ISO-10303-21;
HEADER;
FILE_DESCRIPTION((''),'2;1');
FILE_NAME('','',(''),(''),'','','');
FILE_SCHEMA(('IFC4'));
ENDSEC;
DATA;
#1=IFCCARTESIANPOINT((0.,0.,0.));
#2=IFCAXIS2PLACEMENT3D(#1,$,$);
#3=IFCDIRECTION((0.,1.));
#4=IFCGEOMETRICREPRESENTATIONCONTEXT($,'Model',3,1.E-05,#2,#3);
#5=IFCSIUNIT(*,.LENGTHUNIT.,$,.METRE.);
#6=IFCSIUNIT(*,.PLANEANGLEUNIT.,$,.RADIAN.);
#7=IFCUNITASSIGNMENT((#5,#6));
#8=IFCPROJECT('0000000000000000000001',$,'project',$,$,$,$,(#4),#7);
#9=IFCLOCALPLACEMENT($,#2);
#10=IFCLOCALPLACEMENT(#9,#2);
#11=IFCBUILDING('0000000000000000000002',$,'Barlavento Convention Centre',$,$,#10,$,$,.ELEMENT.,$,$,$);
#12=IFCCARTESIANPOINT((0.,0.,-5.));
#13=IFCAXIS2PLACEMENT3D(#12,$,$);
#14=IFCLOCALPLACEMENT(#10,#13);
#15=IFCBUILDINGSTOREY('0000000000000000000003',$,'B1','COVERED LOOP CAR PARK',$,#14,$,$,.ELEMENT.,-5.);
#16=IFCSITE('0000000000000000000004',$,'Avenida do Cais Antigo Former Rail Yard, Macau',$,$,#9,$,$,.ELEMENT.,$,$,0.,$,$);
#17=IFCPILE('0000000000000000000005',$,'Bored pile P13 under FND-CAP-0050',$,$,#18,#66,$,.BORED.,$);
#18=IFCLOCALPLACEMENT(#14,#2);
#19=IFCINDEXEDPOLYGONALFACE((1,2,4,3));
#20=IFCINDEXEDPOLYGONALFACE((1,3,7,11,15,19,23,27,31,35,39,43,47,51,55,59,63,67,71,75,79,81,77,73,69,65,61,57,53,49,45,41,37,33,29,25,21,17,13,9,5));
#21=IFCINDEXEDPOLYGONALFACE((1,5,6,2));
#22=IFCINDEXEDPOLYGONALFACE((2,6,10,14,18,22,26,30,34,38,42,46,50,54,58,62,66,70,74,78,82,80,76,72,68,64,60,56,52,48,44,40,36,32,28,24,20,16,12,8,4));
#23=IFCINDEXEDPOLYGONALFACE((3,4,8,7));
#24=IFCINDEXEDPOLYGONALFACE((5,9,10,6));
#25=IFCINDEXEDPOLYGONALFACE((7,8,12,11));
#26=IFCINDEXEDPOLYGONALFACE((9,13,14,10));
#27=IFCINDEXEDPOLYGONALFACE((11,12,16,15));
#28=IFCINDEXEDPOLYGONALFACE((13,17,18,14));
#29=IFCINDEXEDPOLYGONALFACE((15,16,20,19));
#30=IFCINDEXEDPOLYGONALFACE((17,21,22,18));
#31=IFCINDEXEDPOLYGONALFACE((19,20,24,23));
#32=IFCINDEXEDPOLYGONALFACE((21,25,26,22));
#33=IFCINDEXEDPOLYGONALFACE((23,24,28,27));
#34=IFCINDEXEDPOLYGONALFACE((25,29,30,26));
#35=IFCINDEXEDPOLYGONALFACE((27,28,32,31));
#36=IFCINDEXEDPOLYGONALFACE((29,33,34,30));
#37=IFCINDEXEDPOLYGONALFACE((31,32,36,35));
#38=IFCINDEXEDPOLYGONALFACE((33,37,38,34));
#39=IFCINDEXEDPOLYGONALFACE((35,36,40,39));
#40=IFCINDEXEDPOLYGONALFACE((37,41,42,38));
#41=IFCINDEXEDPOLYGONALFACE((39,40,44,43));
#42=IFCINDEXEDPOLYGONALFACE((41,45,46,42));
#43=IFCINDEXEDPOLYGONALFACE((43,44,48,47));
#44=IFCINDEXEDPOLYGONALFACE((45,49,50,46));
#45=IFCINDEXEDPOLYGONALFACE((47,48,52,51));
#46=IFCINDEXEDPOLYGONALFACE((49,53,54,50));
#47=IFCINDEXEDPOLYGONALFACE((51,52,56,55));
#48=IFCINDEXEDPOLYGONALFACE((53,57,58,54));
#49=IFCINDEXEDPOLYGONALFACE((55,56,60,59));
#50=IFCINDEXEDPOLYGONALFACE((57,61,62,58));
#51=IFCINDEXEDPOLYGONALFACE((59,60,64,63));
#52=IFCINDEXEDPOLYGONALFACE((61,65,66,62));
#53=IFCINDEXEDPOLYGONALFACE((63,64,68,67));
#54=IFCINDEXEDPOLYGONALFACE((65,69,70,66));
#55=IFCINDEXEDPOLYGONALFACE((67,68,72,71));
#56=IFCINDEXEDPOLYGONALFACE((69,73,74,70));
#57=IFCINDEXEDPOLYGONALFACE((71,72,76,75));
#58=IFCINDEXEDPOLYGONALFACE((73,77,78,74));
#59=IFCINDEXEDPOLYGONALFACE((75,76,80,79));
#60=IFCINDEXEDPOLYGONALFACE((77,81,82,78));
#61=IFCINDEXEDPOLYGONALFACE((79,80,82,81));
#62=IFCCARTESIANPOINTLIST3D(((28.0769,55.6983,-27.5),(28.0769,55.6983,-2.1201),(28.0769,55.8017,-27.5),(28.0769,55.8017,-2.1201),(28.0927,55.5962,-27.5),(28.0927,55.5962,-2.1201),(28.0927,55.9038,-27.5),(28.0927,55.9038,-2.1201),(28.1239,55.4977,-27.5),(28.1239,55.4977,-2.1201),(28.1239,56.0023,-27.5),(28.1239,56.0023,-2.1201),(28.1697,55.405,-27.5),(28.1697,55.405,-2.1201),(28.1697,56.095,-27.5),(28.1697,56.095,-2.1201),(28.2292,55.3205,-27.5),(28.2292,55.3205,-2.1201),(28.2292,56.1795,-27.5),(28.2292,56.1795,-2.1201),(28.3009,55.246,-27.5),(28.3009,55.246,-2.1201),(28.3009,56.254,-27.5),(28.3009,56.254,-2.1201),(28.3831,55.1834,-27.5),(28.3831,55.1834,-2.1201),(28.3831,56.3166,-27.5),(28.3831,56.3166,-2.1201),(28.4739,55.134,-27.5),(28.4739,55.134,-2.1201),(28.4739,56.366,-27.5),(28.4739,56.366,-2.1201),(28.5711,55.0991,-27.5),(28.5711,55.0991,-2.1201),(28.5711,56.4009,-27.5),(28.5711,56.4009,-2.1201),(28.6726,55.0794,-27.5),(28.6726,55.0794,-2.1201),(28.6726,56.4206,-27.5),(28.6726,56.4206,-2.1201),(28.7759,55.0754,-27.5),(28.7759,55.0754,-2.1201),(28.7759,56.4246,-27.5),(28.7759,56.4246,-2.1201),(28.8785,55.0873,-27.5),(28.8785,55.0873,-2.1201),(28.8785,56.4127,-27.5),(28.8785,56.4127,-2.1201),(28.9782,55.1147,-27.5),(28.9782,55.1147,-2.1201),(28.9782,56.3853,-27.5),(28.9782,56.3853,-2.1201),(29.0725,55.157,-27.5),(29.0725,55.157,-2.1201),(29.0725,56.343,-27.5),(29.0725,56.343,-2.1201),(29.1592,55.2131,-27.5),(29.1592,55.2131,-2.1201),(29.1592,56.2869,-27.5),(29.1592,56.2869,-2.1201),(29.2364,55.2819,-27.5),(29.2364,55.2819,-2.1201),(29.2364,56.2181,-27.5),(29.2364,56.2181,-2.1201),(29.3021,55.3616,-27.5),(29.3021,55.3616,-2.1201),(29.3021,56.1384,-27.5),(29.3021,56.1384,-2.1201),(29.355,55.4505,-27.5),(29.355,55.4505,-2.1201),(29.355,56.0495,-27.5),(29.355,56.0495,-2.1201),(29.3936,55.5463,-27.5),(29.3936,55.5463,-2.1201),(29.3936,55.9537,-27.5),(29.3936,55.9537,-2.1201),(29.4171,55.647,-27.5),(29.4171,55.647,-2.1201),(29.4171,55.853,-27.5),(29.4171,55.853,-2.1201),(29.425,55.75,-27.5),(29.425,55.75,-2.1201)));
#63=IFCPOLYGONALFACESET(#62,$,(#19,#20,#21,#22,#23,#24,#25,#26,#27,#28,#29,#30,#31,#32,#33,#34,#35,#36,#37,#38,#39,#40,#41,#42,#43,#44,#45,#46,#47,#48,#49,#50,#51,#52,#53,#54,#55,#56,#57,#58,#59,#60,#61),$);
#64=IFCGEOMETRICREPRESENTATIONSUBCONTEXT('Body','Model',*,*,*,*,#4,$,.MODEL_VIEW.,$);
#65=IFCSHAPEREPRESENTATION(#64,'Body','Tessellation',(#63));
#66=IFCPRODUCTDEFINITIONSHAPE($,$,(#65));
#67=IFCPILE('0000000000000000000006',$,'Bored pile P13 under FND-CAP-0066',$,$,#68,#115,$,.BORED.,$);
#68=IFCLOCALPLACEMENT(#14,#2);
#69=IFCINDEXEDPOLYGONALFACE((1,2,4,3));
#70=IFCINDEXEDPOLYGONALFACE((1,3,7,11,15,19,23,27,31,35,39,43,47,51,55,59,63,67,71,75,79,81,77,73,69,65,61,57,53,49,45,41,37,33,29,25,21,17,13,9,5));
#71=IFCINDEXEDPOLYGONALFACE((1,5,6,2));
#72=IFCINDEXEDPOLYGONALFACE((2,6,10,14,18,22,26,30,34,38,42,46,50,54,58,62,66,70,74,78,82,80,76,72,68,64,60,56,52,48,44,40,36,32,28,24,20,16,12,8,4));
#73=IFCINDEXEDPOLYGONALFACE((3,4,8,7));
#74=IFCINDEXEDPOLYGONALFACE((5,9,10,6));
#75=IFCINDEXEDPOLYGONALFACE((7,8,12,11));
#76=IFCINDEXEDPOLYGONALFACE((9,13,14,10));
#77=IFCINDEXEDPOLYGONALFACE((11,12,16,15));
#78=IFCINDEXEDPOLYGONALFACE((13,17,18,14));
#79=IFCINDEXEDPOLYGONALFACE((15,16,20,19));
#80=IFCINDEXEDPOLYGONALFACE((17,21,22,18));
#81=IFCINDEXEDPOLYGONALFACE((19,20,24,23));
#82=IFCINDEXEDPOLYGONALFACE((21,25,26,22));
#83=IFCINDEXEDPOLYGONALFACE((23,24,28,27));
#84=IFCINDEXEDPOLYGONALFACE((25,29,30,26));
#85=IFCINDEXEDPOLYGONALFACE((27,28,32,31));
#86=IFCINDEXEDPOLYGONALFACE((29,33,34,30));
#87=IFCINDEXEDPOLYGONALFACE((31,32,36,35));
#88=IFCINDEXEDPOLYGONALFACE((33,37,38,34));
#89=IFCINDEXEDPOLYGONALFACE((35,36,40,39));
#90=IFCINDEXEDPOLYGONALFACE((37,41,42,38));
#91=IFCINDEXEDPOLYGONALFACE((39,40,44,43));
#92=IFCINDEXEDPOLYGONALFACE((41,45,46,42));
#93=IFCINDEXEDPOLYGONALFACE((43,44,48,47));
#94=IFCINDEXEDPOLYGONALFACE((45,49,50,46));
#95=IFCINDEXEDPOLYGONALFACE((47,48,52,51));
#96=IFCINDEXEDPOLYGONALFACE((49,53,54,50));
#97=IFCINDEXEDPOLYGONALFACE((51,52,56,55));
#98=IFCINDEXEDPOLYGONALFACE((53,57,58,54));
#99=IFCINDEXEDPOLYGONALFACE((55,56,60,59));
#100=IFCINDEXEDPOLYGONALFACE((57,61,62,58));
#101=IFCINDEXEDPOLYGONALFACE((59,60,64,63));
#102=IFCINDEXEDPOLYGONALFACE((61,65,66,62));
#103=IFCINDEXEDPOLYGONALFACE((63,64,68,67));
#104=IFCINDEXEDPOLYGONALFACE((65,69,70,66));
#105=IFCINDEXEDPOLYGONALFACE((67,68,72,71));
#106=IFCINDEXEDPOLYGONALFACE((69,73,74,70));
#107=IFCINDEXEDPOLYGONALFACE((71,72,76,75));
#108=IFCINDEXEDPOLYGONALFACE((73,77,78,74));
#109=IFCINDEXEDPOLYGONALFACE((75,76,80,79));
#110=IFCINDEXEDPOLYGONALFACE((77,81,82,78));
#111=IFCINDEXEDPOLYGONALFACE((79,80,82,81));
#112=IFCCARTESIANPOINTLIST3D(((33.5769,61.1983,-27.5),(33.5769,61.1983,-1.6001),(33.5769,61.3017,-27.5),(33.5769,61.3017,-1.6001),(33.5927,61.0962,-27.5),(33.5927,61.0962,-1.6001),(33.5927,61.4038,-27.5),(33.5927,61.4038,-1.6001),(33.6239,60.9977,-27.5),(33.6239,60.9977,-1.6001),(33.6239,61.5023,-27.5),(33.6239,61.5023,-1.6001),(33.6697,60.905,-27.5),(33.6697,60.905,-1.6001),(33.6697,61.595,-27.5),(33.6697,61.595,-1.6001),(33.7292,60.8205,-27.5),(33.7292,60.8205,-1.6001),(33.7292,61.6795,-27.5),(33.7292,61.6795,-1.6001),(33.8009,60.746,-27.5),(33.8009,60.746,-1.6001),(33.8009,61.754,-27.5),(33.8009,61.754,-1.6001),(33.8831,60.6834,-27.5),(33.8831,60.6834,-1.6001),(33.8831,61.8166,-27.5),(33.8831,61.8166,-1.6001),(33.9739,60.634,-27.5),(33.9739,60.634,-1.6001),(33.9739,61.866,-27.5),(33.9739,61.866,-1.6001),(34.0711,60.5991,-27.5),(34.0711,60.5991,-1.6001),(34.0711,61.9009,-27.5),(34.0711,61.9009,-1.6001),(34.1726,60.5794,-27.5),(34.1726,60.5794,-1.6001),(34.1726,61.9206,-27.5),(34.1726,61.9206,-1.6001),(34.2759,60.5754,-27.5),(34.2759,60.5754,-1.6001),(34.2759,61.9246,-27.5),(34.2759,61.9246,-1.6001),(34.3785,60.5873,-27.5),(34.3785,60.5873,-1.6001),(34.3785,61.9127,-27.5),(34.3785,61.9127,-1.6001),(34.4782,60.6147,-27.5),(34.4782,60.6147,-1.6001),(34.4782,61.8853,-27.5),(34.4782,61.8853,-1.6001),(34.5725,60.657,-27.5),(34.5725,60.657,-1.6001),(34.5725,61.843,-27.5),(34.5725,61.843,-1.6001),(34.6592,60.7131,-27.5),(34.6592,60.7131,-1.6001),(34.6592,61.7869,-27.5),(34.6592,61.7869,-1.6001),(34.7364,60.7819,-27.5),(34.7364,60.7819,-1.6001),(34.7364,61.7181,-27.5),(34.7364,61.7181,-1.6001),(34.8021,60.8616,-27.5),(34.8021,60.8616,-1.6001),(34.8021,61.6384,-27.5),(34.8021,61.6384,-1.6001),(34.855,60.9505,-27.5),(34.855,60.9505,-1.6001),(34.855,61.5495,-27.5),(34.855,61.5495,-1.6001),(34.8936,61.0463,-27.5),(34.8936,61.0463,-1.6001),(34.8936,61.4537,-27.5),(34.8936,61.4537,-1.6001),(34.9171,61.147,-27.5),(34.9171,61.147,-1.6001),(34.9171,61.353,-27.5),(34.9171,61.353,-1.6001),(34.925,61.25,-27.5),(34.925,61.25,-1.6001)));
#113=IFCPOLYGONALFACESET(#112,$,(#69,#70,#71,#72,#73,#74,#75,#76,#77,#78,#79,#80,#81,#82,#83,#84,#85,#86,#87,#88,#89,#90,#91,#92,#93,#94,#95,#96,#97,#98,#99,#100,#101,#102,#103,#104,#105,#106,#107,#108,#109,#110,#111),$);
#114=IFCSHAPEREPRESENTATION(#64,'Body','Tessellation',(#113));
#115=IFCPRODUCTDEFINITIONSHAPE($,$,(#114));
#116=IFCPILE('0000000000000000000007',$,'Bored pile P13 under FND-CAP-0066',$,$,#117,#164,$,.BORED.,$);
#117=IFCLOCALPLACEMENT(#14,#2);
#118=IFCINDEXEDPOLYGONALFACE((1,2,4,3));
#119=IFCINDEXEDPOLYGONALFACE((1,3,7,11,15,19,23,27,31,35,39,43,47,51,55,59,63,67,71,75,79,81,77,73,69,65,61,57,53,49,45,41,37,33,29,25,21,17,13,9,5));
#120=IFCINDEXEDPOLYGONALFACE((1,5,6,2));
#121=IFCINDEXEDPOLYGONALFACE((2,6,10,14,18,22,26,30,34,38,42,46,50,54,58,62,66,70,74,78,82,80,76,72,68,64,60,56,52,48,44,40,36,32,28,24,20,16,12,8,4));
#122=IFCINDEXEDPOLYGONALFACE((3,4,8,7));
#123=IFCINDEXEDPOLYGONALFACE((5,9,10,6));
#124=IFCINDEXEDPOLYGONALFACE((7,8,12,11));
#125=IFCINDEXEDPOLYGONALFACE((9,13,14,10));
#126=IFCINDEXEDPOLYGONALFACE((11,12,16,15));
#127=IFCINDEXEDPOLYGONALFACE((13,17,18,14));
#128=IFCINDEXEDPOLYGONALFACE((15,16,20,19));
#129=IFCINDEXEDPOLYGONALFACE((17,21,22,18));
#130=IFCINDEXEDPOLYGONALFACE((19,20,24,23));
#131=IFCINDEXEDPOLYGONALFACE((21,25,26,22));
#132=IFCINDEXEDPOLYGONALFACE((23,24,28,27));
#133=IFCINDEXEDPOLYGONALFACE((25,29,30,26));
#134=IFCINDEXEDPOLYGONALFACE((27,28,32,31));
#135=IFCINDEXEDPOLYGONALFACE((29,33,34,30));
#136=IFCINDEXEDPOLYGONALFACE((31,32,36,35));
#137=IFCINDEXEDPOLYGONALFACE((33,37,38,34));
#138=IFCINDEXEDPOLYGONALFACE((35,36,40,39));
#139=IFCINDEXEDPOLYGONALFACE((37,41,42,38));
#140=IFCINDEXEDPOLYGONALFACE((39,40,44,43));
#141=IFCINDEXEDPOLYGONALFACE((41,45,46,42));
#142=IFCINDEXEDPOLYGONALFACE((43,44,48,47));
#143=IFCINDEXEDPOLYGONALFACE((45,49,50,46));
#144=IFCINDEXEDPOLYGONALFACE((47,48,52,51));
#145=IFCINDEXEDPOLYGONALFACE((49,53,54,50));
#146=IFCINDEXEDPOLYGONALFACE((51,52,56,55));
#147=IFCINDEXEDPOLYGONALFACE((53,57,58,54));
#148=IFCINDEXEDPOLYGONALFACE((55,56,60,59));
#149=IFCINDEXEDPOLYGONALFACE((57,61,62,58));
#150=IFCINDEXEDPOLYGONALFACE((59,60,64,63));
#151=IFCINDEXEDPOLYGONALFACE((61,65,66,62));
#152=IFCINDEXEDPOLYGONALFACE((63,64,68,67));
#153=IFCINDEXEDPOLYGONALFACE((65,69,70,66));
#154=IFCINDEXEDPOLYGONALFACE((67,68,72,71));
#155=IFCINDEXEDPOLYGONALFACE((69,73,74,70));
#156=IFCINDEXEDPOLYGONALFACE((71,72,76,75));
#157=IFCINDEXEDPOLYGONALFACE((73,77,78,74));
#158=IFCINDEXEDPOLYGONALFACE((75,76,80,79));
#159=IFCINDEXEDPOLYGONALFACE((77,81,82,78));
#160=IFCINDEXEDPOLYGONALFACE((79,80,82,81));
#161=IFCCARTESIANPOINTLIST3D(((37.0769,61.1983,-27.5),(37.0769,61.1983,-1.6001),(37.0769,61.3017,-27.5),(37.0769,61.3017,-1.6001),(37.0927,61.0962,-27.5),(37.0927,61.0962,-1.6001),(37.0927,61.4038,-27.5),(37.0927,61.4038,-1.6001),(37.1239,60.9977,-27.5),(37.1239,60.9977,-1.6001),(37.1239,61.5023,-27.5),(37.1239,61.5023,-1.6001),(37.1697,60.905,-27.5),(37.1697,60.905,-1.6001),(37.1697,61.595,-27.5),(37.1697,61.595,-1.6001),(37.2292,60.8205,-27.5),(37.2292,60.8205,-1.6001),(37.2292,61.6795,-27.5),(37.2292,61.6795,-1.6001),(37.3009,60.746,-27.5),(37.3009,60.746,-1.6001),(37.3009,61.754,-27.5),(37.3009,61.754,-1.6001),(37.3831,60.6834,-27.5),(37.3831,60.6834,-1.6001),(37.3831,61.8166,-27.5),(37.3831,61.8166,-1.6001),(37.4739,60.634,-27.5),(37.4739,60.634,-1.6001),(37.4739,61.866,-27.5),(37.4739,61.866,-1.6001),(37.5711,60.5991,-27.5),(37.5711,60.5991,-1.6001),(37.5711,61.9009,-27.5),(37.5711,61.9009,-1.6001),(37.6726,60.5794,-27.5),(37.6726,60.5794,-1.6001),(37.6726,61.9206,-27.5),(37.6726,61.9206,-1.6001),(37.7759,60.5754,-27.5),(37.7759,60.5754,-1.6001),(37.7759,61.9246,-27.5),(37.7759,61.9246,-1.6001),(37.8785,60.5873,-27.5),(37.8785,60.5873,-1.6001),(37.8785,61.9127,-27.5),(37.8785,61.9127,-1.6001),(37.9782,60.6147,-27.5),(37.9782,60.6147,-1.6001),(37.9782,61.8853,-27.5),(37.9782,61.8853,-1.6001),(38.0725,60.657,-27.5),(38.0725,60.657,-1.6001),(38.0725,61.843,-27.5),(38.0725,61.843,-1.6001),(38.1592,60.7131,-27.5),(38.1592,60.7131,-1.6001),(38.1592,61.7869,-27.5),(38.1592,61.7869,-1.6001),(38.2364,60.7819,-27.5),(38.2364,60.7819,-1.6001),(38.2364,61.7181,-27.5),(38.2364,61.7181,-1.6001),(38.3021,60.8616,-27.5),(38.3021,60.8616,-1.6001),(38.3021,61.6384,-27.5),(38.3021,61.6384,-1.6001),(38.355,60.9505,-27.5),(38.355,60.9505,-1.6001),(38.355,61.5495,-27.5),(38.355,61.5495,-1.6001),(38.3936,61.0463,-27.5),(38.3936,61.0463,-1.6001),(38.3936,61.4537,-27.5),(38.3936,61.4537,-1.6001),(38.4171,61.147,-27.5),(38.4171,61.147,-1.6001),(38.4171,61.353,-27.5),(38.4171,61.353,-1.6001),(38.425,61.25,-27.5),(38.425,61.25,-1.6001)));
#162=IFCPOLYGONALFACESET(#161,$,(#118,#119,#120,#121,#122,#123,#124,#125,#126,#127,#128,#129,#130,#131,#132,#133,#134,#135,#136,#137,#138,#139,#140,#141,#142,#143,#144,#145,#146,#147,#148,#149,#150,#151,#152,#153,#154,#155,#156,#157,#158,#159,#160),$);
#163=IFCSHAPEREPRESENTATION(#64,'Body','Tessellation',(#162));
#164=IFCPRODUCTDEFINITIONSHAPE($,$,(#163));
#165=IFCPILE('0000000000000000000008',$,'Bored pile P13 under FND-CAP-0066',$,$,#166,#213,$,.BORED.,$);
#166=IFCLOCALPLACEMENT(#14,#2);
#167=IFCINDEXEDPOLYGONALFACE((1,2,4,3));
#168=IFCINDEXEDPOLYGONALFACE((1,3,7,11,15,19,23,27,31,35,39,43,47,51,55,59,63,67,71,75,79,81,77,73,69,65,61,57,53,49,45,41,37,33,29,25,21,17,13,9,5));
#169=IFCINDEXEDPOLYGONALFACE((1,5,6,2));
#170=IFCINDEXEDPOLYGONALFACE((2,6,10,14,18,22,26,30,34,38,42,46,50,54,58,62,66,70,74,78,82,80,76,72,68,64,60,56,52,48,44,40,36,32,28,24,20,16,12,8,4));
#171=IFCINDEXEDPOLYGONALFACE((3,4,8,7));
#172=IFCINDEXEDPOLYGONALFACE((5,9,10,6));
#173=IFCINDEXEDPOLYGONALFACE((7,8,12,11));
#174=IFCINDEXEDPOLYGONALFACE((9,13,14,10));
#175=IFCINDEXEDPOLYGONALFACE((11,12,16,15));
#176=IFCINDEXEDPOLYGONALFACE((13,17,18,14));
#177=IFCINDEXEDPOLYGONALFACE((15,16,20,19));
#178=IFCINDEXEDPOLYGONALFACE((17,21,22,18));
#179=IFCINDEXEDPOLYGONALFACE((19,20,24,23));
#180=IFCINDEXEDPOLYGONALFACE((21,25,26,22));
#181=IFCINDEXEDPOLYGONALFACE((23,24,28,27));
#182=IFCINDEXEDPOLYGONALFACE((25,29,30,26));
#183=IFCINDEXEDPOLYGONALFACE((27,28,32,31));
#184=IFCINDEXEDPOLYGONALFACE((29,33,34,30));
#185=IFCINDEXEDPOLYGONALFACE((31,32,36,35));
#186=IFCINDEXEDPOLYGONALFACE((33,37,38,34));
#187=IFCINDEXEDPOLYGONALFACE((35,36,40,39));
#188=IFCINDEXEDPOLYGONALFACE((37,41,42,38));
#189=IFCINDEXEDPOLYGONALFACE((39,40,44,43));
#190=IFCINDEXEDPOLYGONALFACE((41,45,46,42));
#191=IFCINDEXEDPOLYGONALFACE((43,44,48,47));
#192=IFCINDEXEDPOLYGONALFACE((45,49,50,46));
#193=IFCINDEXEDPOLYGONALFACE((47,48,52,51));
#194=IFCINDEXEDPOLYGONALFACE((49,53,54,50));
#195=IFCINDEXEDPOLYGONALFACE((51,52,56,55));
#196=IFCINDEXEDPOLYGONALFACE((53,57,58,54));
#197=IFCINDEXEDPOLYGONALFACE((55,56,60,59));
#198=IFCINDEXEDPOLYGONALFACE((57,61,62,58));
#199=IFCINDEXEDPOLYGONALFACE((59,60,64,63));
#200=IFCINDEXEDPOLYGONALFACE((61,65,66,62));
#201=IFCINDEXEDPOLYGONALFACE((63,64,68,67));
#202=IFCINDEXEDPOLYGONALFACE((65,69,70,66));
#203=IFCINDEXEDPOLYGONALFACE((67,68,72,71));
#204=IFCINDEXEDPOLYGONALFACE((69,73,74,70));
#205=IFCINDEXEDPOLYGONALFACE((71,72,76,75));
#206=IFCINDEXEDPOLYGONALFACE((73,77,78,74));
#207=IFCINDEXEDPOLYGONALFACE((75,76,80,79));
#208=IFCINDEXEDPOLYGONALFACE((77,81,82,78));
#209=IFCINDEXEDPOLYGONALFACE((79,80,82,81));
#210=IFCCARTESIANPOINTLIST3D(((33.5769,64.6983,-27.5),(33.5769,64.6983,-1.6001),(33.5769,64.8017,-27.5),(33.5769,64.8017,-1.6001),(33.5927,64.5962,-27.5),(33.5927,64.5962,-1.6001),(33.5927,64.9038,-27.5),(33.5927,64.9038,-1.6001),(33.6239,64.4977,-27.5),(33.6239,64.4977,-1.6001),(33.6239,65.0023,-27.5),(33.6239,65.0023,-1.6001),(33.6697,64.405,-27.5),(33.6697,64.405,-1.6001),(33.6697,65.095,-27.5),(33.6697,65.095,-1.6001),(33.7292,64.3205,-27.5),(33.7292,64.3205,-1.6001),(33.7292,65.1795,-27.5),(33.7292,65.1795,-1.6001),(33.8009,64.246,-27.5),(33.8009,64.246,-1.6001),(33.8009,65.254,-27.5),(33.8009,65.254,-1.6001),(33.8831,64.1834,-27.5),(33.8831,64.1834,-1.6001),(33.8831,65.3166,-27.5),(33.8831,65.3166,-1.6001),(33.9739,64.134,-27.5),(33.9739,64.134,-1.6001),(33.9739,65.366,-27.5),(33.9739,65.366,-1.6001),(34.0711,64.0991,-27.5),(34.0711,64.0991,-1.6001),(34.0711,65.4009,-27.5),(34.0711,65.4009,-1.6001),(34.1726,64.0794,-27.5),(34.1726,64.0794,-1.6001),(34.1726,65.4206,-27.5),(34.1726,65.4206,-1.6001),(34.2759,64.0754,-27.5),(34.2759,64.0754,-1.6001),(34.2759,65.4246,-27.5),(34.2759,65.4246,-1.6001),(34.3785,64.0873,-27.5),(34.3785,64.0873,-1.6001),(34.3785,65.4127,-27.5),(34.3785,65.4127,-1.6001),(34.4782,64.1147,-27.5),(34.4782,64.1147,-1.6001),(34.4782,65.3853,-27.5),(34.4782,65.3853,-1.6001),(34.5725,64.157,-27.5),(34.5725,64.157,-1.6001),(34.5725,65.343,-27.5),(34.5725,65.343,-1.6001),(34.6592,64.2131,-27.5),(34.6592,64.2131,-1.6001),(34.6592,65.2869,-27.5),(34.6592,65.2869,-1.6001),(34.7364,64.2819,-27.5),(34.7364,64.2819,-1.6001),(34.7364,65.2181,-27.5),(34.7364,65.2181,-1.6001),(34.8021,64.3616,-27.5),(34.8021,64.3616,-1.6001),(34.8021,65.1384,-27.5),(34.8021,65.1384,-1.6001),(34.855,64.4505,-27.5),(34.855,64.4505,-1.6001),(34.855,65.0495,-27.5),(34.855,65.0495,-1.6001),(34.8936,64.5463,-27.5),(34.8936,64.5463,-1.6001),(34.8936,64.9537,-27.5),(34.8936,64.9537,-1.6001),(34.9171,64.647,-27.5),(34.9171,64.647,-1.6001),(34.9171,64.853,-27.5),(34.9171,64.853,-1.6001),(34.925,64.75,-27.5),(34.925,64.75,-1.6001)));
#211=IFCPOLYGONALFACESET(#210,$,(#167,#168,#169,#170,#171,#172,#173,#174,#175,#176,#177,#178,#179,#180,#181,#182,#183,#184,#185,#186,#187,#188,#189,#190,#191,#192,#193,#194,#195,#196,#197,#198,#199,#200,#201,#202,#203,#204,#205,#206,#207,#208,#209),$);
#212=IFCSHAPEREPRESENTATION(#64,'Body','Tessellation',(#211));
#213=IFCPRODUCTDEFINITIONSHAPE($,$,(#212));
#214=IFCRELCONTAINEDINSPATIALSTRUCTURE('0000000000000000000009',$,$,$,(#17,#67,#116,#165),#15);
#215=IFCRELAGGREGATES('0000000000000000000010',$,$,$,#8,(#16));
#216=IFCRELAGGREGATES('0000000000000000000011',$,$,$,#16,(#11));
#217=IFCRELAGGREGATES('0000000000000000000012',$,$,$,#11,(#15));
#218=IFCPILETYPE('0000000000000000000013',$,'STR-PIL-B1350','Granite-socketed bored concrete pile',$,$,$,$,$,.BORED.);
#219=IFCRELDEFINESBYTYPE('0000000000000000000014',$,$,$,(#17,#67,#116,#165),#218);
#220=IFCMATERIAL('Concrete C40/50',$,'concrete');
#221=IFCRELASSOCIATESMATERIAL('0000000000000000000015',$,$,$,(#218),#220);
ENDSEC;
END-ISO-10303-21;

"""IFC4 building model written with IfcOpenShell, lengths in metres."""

from ifc_helpers import new_model, si_unit, direction, frame, origin, origin_2d, place, context, subcontext, project, spatial, circle, extrude, material, material_profile, profile_set, type_object, element, save


model = new_model("IFC4")

# Units and contexts
model_context = context("Model", 3, precision=1e-05, world=origin(), true_north=direction((0.0, 1.0)))
body_context = subcontext(model_context, "Body", "Model", "MODEL_VIEW")
ifc_project = project(units=[si_unit("LENGTHUNIT", "METRE"), si_unit("PLANEANGLEUNIT", "RADIAN")], contexts=[model_context])

# Site, building, storey
site_placement = place(None, origin())
site = spatial("IfcSite", under=ifc_project, at=site_placement, Name="Avenida do Cais Antigo Former Rail Yard, Macau", CompositionType="ELEMENT", RefElevation=0.0)
building_placement = place(site_placement, origin())
building = spatial("IfcBuilding", under=site, at=building_placement, Name="Barlavento Convention Centre", CompositionType="ELEMENT")
storey_placement = place(building_placement, frame((0.0, 0.0, -5.0)))
storey = spatial("IfcBuildingStorey", under=building, at=storey_placement, Name="B1", Description="COVERED LOOP CAR PARK", CompositionType="ELEMENT", Elevation=-5.0)

# Shared definitions
ifc_material_1 = material(Name="Concrete C40/50", Category="concrete")

# Piles
ifc_material_profile_1 = material_profile(ifc_material_1, circle(Radius=0.675, at=origin_2d()), Name="BORED PILE 1350")
ifc_profile_set_1 = profile_set([ifc_material_profile_1], Name="Concrete C40/50")
pile_type_1 = type_object("IfcPileType", Name="STR-PIL-B1350", Description="Granite-socketed bored concrete pile", PredefinedType="BORED", material=ifc_profile_set_1)
for number, where, z_axis, x_axis, name in (
    (1, (28.75, 55.75, -2.1201), (0.0, 0.0, -1.0), (1.0, 0.0, 0.0), "Bored pile P13 under FND-CAP-0050"),
):
    element("IfcPile", number, at=place(storey_placement, frame(where, z_axis=z_axis, x_axis=x_axis)), inside=storey, type_object=pile_type_1, Name=name, PredefinedType="BORED", context=body_context, shape_type="SweptSolid", body=[
        extrude(circle(Radius=0.675, at=origin_2d()), origin(), (0.0, 0.0, 1.0), 25.3799),
    ])
for number, where, z_axis, x_axis, name in (
    (2, (34.25, 61.25, -1.6001), (0.0, 0.0, -1.0), (1.0, 0.0, 0.0), "Bored pile P13 under FND-CAP-0066"),
    (3, (37.75, 61.25, -1.6001), (0.0, 0.0, -1.0), (1.0, 0.0, 0.0), "Bored pile P13 under FND-CAP-0066"),
    (4, (34.25, 64.75, -1.6001), (0.0, 0.0, -1.0), (1.0, 0.0, 0.0), "Bored pile P13 under FND-CAP-0066"),
):
    element("IfcPile", number, at=place(storey_placement, frame(where, z_axis=z_axis, x_axis=x_axis)), inside=storey, type_object=pile_type_1, Name=name, PredefinedType="BORED", context=body_context, shape_type="SweptSolid", body=[
        extrude(circle(Radius=0.675, at=origin_2d()), origin(), (0.0, 0.0, 1.0), 25.8999),
    ])

save(model, "model.ifc")
